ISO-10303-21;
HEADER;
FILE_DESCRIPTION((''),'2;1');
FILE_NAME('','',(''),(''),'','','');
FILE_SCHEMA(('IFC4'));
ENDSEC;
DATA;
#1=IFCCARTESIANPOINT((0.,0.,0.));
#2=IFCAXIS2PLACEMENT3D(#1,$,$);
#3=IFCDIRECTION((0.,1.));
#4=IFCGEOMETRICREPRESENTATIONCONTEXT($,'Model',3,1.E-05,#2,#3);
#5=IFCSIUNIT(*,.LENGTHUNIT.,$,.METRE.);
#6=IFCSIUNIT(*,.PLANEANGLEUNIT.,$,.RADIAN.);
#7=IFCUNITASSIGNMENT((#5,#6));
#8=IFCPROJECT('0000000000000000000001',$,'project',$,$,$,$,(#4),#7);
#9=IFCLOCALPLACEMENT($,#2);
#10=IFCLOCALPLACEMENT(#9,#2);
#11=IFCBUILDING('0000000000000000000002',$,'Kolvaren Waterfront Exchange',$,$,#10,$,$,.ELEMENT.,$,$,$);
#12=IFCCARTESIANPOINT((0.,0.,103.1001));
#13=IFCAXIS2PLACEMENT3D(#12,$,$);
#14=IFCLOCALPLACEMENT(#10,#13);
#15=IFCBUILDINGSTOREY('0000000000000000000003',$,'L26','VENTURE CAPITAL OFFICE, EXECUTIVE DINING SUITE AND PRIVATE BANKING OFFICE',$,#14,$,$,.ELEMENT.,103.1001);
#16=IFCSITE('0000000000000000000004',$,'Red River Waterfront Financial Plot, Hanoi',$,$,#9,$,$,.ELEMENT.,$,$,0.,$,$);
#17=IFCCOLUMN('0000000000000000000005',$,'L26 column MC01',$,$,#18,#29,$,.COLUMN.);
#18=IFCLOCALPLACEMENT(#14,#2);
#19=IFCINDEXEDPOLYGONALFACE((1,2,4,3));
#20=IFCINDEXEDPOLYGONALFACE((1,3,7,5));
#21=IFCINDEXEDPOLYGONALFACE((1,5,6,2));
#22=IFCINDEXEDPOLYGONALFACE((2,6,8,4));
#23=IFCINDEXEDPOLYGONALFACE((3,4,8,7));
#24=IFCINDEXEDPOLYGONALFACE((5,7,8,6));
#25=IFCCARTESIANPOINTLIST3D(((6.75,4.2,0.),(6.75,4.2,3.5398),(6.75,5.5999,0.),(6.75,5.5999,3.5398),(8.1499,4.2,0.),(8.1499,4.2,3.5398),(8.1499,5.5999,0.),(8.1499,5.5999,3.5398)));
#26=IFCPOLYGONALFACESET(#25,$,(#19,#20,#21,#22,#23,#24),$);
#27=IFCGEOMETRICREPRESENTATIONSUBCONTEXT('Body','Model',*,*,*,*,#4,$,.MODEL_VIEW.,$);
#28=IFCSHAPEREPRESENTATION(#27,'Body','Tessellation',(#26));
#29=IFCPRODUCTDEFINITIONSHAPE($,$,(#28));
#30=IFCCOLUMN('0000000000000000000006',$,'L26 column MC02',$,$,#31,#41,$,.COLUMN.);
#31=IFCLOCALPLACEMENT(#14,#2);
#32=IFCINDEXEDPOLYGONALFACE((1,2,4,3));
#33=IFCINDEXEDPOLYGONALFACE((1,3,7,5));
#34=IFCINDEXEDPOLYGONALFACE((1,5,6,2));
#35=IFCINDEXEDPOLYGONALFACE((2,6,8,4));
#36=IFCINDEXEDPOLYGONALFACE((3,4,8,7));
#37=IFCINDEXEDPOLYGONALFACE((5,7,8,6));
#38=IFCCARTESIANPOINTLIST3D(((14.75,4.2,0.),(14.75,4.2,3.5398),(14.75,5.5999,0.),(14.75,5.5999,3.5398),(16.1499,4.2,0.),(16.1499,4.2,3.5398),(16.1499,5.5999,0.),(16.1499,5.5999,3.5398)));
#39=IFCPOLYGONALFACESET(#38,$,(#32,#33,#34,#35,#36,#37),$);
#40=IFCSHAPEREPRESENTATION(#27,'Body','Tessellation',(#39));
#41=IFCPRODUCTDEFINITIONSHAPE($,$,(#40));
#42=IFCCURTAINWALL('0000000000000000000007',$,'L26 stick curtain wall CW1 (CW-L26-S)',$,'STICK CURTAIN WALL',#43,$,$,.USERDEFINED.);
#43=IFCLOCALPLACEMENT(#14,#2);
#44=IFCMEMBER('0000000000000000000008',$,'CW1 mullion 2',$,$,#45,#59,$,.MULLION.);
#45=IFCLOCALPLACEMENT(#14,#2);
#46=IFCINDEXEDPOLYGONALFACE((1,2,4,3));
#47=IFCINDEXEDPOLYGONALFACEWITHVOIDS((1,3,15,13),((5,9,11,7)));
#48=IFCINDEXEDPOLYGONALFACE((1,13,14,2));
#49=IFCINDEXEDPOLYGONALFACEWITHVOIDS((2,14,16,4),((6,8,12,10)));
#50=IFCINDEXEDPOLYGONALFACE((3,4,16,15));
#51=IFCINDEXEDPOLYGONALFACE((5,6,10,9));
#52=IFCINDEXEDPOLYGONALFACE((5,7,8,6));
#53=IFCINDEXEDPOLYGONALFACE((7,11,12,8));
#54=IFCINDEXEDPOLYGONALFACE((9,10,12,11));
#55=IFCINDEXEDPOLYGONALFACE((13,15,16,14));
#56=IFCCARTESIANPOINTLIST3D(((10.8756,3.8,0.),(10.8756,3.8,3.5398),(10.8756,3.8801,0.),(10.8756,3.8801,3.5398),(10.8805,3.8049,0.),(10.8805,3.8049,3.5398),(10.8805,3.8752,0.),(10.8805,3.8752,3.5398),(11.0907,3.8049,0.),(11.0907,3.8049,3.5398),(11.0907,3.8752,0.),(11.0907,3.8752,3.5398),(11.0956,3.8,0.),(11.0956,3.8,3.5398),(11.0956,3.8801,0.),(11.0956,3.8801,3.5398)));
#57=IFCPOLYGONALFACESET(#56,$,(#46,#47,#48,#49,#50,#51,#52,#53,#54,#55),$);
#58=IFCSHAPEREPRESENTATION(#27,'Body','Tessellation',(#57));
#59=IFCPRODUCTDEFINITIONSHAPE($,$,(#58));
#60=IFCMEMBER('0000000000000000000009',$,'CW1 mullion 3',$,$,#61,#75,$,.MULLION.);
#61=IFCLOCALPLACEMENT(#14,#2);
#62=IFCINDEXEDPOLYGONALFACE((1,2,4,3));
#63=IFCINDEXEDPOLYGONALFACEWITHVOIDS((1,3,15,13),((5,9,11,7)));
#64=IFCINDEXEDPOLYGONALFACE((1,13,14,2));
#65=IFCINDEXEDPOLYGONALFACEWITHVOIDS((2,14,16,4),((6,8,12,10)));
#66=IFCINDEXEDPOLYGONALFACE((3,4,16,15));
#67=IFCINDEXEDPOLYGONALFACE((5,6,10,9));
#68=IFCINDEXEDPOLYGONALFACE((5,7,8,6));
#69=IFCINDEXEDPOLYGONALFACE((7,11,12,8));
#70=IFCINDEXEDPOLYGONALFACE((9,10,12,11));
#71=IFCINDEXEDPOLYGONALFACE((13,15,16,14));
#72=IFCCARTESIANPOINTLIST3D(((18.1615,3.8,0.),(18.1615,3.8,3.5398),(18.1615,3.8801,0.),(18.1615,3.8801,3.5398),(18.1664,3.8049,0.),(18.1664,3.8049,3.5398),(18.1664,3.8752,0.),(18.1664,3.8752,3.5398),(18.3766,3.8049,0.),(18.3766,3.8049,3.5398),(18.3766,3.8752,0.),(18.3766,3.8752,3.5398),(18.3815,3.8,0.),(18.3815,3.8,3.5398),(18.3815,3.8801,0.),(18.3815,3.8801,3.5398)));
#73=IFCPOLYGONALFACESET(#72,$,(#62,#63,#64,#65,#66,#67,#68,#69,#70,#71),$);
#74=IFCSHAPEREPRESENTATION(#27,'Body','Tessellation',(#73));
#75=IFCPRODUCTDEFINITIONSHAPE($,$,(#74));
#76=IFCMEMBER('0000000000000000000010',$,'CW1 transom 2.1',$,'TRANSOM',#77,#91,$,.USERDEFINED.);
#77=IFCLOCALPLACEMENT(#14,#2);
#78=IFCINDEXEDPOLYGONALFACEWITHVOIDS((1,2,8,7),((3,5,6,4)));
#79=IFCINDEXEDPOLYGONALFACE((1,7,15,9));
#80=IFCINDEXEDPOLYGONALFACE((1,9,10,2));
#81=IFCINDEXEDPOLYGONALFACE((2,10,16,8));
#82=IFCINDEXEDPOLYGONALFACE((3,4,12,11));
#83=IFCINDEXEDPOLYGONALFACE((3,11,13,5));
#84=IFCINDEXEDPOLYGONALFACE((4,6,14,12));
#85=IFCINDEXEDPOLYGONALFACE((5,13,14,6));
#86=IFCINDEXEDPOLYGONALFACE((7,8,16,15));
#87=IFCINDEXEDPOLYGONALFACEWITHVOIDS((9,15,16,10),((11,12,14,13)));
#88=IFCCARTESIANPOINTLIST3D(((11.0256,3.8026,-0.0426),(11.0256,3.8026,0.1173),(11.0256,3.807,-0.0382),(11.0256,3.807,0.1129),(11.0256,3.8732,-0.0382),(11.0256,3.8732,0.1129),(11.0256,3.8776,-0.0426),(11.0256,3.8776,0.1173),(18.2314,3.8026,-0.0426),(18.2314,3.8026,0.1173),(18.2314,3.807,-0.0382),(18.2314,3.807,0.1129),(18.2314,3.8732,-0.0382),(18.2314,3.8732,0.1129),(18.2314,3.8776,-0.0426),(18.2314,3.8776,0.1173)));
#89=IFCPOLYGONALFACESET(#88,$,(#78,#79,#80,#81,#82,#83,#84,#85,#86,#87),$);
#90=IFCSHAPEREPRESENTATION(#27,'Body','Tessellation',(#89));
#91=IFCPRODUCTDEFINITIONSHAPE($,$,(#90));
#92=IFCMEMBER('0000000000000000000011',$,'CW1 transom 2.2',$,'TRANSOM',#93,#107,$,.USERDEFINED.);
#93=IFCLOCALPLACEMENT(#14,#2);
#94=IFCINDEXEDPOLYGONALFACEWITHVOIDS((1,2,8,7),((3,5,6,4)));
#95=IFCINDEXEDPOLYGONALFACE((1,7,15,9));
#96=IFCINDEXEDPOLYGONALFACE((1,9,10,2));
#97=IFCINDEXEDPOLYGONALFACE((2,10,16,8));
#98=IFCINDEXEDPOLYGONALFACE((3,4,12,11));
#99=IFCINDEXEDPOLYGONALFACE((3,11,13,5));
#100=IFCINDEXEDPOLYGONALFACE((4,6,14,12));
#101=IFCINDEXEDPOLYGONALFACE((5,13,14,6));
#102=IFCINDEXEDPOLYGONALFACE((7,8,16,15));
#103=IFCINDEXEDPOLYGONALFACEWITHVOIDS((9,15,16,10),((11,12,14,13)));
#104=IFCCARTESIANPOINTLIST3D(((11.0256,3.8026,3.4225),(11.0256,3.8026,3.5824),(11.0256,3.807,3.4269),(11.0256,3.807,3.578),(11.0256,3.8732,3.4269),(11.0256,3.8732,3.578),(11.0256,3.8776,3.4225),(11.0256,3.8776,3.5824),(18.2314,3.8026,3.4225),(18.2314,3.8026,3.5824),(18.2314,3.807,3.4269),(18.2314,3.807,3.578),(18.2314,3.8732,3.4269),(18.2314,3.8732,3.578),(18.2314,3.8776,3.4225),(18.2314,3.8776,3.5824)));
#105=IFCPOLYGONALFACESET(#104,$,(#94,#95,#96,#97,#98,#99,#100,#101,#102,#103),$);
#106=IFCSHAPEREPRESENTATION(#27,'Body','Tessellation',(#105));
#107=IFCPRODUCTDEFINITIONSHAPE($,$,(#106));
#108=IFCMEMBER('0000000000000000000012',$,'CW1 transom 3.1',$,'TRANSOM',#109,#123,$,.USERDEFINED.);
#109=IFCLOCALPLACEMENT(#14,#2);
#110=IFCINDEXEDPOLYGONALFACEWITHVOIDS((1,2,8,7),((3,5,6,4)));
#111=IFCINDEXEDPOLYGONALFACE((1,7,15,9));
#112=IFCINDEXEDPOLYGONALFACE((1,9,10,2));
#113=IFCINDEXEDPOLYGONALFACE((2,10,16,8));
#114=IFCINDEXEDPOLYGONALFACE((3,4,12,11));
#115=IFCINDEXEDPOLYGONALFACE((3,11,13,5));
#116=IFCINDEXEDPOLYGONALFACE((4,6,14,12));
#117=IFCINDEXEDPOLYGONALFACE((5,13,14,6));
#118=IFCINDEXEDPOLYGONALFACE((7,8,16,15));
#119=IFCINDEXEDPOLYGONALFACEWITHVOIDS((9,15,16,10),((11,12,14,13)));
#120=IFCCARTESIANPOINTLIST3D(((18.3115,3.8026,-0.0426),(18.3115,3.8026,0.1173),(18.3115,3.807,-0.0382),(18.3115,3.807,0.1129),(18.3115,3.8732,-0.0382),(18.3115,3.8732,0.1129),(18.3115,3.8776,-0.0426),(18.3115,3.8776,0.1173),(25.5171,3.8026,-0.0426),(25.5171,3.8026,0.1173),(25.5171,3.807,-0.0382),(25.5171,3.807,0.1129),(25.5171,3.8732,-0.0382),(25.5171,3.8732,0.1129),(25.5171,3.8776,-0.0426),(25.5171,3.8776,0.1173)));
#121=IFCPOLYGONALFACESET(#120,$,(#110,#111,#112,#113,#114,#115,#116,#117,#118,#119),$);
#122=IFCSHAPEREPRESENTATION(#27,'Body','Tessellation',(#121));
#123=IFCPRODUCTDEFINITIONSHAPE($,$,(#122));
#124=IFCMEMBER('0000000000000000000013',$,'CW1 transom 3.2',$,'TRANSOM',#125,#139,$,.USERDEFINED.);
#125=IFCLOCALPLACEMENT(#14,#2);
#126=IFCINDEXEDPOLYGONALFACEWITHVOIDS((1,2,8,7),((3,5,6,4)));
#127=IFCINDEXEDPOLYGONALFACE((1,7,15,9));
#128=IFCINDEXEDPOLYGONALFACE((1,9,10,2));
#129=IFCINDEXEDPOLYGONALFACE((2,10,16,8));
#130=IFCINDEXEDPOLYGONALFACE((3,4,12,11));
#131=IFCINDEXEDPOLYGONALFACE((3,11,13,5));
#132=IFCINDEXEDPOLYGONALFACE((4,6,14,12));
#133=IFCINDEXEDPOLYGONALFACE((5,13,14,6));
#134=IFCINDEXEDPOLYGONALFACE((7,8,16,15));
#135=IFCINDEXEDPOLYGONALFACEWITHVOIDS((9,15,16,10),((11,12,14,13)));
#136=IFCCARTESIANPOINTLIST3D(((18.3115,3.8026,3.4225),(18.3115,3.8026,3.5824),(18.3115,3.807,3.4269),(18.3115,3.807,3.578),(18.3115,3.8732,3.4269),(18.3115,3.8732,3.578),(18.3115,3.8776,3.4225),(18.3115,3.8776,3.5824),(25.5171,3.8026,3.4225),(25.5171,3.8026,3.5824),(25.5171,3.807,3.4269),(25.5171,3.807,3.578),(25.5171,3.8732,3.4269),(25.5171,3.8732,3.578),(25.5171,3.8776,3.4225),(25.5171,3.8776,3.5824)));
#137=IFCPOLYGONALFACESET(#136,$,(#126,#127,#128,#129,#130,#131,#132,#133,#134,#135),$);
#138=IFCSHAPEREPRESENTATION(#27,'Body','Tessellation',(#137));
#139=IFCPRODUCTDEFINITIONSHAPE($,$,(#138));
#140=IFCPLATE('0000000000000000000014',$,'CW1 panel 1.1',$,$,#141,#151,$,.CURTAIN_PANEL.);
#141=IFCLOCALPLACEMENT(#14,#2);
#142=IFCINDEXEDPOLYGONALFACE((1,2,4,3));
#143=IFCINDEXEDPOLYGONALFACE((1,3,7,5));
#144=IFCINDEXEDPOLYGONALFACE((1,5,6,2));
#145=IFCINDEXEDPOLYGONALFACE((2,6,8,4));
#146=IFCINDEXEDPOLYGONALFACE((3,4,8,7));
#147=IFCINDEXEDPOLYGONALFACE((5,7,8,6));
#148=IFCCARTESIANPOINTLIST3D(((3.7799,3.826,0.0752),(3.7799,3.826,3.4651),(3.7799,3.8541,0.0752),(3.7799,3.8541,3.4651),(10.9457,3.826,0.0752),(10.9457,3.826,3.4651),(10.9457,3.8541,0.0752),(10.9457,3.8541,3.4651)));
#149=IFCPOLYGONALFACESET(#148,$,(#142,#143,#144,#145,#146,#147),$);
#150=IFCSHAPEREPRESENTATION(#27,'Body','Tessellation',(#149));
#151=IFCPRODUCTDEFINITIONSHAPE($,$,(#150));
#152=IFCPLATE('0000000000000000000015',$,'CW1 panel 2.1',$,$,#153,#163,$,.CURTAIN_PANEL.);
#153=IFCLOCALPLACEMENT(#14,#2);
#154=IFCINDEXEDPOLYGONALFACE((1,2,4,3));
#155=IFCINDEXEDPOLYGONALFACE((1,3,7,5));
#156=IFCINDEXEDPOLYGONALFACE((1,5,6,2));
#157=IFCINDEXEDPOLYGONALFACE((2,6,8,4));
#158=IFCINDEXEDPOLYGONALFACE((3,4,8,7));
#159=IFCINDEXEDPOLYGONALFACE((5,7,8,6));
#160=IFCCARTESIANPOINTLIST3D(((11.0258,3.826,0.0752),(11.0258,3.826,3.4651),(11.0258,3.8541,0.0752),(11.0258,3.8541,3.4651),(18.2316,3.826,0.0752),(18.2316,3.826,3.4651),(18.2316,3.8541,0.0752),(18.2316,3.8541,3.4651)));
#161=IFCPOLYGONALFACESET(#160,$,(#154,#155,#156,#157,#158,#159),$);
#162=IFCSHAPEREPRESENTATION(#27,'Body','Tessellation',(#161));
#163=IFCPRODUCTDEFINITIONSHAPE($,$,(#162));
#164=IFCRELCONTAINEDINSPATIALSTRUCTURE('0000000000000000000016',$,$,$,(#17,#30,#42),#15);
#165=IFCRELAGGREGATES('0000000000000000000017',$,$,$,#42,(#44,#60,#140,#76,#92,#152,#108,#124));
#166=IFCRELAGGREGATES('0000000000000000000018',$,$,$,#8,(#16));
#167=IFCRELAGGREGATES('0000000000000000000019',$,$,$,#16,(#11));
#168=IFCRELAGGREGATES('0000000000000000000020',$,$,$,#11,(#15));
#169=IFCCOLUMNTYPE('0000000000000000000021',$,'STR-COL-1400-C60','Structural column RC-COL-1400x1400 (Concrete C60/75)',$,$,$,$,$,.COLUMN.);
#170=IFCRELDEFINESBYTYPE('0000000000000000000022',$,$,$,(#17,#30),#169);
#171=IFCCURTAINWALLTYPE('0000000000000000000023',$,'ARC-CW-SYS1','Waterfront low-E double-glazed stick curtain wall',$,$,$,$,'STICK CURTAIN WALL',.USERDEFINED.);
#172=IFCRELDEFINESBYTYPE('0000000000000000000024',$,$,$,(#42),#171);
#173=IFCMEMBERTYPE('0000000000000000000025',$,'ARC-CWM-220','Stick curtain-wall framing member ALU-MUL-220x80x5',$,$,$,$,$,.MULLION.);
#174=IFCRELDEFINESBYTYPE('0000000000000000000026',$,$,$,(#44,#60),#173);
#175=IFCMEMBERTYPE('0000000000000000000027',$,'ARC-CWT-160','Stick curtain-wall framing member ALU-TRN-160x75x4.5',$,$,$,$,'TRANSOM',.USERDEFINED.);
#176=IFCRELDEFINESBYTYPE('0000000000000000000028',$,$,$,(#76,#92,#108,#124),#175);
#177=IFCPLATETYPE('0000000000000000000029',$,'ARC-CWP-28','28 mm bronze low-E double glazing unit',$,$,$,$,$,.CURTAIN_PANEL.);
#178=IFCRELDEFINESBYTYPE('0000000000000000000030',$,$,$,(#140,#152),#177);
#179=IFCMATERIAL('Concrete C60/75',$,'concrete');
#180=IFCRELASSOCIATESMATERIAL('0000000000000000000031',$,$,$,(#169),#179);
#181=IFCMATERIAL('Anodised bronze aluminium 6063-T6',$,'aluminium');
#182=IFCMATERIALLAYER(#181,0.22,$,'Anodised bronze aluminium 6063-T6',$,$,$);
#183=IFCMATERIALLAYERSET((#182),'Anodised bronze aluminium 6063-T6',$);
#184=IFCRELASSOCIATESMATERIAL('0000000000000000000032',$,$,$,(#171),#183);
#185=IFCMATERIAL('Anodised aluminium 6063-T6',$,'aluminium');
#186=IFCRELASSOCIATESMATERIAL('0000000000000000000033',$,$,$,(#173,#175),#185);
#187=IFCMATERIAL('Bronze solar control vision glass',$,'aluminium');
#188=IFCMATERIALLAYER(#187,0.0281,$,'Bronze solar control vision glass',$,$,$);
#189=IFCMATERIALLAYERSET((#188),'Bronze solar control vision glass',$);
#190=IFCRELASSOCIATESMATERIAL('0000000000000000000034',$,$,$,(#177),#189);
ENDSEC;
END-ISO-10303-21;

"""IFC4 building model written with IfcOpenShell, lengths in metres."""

from ifc_helpers import new_model, si_unit, direction, frame, origin, origin_with_axes, origin_2d, place, context, subcontext, project, spatial, rectangle, hollow_rectangle, extrude, source, transform, mapped, material, layer, layer_set, material_profile, profile_set, type_object, element, aggregate, save


model = new_model("IFC4")

# Units and contexts
model_context = context("Model", 3, precision=1e-05, world=origin(), true_north=direction((0.0, 1.0)))
body_context = subcontext(model_context, "Body", "Model", "MODEL_VIEW")
ifc_project = project(units=[si_unit("LENGTHUNIT", "METRE"), si_unit("PLANEANGLEUNIT", "RADIAN")], contexts=[model_context])

# Site, building, storey
site_placement = place(None, origin())
site = spatial("IfcSite", under=ifc_project, at=site_placement, Name="Red River Waterfront Financial Plot, Hanoi", CompositionType="ELEMENT", RefElevation=0.0)
building_placement = place(site_placement, origin())
building = spatial("IfcBuilding", under=site, at=building_placement, Name="Kolvaren Waterfront Exchange", CompositionType="ELEMENT")
storey_placement = place(building_placement, frame((0.0, 0.0, 103.1001)))
storey = spatial("IfcBuildingStorey", under=building, at=storey_placement, Name="L26", Description="VENTURE CAPITAL OFFICE, EXECUTIVE DINING SUITE AND PRIVATE BANKING OFFICE", CompositionType="ELEMENT", Elevation=103.1001)

# Columns
ifc_material_1 = material(Name="Concrete C60/75", Category="concrete")
ifc_material_profile_1 = material_profile(ifc_material_1, rectangle(XDim=1.3999, YDim=1.3999, at=origin_2d()), Name="RC-COL-1400x1400")
ifc_profile_set_1 = profile_set([ifc_material_profile_1], Name="Concrete C60/75")
column_type = type_object("IfcColumnType", Name="STR-COL-1400-C60", Description="Structural column RC-COL-1400x1400 (Concrete C60/75)", PredefinedType="COLUMN", material=ifc_profile_set_1)
for number, where, z_axis, x_axis, name in (
    (1, (7.45, 4.8999, 0.0), (0.0, 0.0, 1.0), (1.0, 0.0, 0.0), "L26 column MC01"),
    (2, (15.45, 4.8999, 0.0), (0.0, 0.0, 1.0), (1.0, 0.0, 0.0), "L26 column MC02"),
):
    element("IfcColumn", number, at=place(storey_placement, frame(where, z_axis=z_axis, x_axis=x_axis)), inside=storey, type_object=column_type, Name=name, PredefinedType="COLUMN", context=body_context, shape_type="SweptSolid", body=[
        extrude(rectangle(XDim=1.3999, YDim=1.3999, at=origin_2d()), origin(), (0.0, 0.0, 1.0), 3.5398),
    ])

# Curtain wall, members, plates
ifc_material_2 = material(Name="Anodised bronze aluminium 6063-T6", Category="aluminium")
ifc_layer_1 = layer(ifc_material_2, 0.22, Name="Anodised bronze aluminium 6063-T6")
ifc_layer_set_1 = layer_set([ifc_layer_1], Name="Anodised bronze aluminium 6063-T6")
curtain_wall_type = type_object("IfcCurtainWallType", Name="ARC-CW-SYS1", Description="Waterfront low-E double-glazed stick curtain wall", ElementType="STICK CURTAIN WALL", PredefinedType="USERDEFINED", material=ifc_layer_set_1)
curtain_wall_placement = place(storey_placement, origin())
curtain_wall = element("IfcCurtainWall", 3, at=curtain_wall_placement, inside=storey, type_object=curtain_wall_type, Name="L26 stick curtain wall CW1 (CW-L26-S)", ObjectType="STICK CURTAIN WALL", PredefinedType="USERDEFINED")
ifc_material_3 = material(Name="Anodised aluminium 6063-T6", Category="aluminium")
ifc_material_profile_2 = material_profile(ifc_material_3, hollow_rectangle(XDim=0.0801, YDim=0.22, WallThickness=0.0049, at=origin_2d()), Name="ALU-MUL-220x80x5")
ifc_profile_set_2 = profile_set([ifc_material_profile_2], Name="Anodised aluminium 6063-T6")
member_type_1 = type_object("IfcMemberType", Name="ARC-CWM-220", Description="Stick curtain-wall framing member ALU-MUL-220x80x5", PredefinedType="MULLION", material=ifc_profile_set_2)
shared_shape_1 = source(origin_with_axes(), body_context, "Body", "SweptSolid", [
    extrude(hollow_rectangle(XDim=0.0801, YDim=0.22, WallThickness=0.0049, at=origin_2d()), origin(), (0.0, 0.0, 1.0), 3.5398),
])
member_1_placement = place(storey_placement, frame((10.9856, 3.8401, 0.0), z_axis=(0.0, 0.0, 1.0), x_axis=(0.0, 1.0, 0.0)))
member_1 = element("IfcMember", 4, at=member_1_placement, type_object=member_type_1, Name="CW1 mullion 2", PredefinedType="MULLION", context=body_context, shape_type="MappedRepresentation", body=[
    mapped(shared_shape_1, transform((0.0, 0.0, 0.0), x_axis=(1.0, 0.0, 0.0), y_axis=(0.0, 1.0, 0.0), z_axis=(0.0, 0.0, 1.0), scale=1.0)),
])
member_2_placement = place(storey_placement, frame((18.2715, 3.8401, 0.0), z_axis=(0.0, 0.0, 1.0), x_axis=(0.0, 1.0, 0.0)))
member_2 = element("IfcMember", 5, at=member_2_placement, type_object=member_type_1, Name="CW1 mullion 3", PredefinedType="MULLION", context=body_context, shape_type="MappedRepresentation", body=[
    mapped(shared_shape_1, transform((0.0, 0.0, 0.0), x_axis=(1.0, 0.0, 0.0), y_axis=(0.0, 1.0, 0.0), z_axis=(0.0, 0.0, 1.0), scale=1.0)),
])
ifc_material_profile_3 = material_profile(ifc_material_3, hollow_rectangle(XDim=0.075, YDim=0.1599, WallThickness=0.0044, at=origin_2d()), Name="ALU-TRN-160x75x4.5")
ifc_profile_set_3 = profile_set([ifc_material_profile_3], Name="Anodised aluminium 6063-T6")
member_type_2 = type_object("IfcMemberType", Name="ARC-CWT-160", Description="Stick curtain-wall framing member ALU-TRN-160x75x4.5", ElementType="TRANSOM", PredefinedType="USERDEFINED", material=ifc_profile_set_3)
shared_shape_2 = source(origin_with_axes(), body_context, "Body", "SweptSolid", [
    extrude(hollow_rectangle(XDim=0.075, YDim=0.1599, WallThickness=0.0044, at=origin_2d()), origin(), (0.0, 0.0, 1.0), 7.2058),
])
member_3_placement = place(storey_placement, frame((11.0256, 3.8401, 0.0374), z_axis=(1.0, 0.0, 0.0), x_axis=(0.0, 1.0, 0.0)))
member_3 = element("IfcMember", 6, at=member_3_placement, type_object=member_type_2, Name="CW1 transom 2.1", ObjectType="TRANSOM", PredefinedType="USERDEFINED", context=body_context, shape_type="MappedRepresentation", body=[
    mapped(shared_shape_2, transform((0.0, 0.0, 0.0), x_axis=(1.0, 0.0, 0.0), y_axis=(0.0, 1.0, 0.0), z_axis=(0.0, 0.0, 1.0), scale=1.0)),
])
member_4_placement = place(storey_placement, frame((11.0256, 3.8401, 3.5024), z_axis=(1.0, 0.0, 0.0), x_axis=(0.0, 1.0, 0.0)))
member_4 = element("IfcMember", 7, at=member_4_placement, type_object=member_type_2, Name="CW1 transom 2.2", ObjectType="TRANSOM", PredefinedType="USERDEFINED", context=body_context, shape_type="MappedRepresentation", body=[
    mapped(shared_shape_2, transform((0.0, 0.0, 0.0), x_axis=(1.0, 0.0, 0.0), y_axis=(0.0, 1.0, 0.0), z_axis=(0.0, 0.0, 1.0), scale=1.0)),
])
shared_shape_3 = source(origin_with_axes(), body_context, "Body", "SweptSolid", [
    extrude(hollow_rectangle(XDim=0.075, YDim=0.1599, WallThickness=0.0044, at=origin_2d()), origin(), (0.0, 0.0, 1.0), 7.2056),
])
member_5_placement = place(storey_placement, frame((18.3115, 3.8401, 0.0374), z_axis=(1.0, 0.0, 0.0), x_axis=(0.0, 1.0, 0.0)))
member_5 = element("IfcMember", 8, at=member_5_placement, type_object=member_type_2, Name="CW1 transom 3.1", ObjectType="TRANSOM", PredefinedType="USERDEFINED", context=body_context, shape_type="MappedRepresentation", body=[
    mapped(shared_shape_3, transform((0.0, 0.0, 0.0), x_axis=(1.0, 0.0, 0.0), y_axis=(0.0, 1.0, 0.0), z_axis=(0.0, 0.0, 1.0), scale=1.0)),
])
member_6_placement = place(storey_placement, frame((18.3115, 3.8401, 3.5024), z_axis=(1.0, 0.0, 0.0), x_axis=(0.0, 1.0, 0.0)))
member_6 = element("IfcMember", 9, at=member_6_placement, type_object=member_type_2, Name="CW1 transom 3.2", ObjectType="TRANSOM", PredefinedType="USERDEFINED", context=body_context, shape_type="MappedRepresentation", body=[
    mapped(shared_shape_3, transform((0.0, 0.0, 0.0), x_axis=(1.0, 0.0, 0.0), y_axis=(0.0, 1.0, 0.0), z_axis=(0.0, 0.0, 1.0), scale=1.0)),
])
ifc_material_4 = material(Name="Bronze solar control vision glass", Category="aluminium")
ifc_layer_2 = layer(ifc_material_4, 0.0281, Name="Bronze solar control vision glass")
ifc_layer_set_2 = layer_set([ifc_layer_2], Name="Bronze solar control vision glass")
plate_type = type_object("IfcPlateType", Name="ARC-CWP-28", Description="28 mm bronze low-E double glazing unit", PredefinedType="CURTAIN_PANEL", material=ifc_layer_set_2)
shared_shape_4 = source(origin_with_axes(), body_context, "Body", "SweptSolid", [
    extrude(rectangle(XDim=7.1658, YDim=0.0281, at=origin_2d()), origin(), (0.0, 0.0, 1.0), 3.3899),
])
plate_1_placement = place(storey_placement, frame((7.3628, 3.8401, 0.0752), z_axis=(0.0, 0.0, 1.0), x_axis=(1.0, 0.0, 0.0)))
plate_1 = element("IfcPlate", 10, at=plate_1_placement, type_object=plate_type, Name="CW1 panel 1.1", PredefinedType="CURTAIN_PANEL", context=body_context, shape_type="MappedRepresentation", body=[
    mapped(shared_shape_4, transform((0.0, 0.0, 0.0), x_axis=(1.0, 0.0, 0.0), y_axis=(0.0, 1.0, 0.0), z_axis=(0.0, 0.0, 1.0), scale=1.0)),
])
shared_shape_5 = source(origin_with_axes(), body_context, "Body", "SweptSolid", [
    extrude(rectangle(XDim=7.2058, YDim=0.0281, at=origin_2d()), origin(), (0.0, 0.0, 1.0), 3.3899),
])
plate_2_placement = place(storey_placement, frame((14.6287, 3.8401, 0.0752), z_axis=(0.0, 0.0, 1.0), x_axis=(1.0, 0.0, 0.0)))
plate_2 = element("IfcPlate", 11, at=plate_2_placement, type_object=plate_type, Name="CW1 panel 2.1", PredefinedType="CURTAIN_PANEL", context=body_context, shape_type="MappedRepresentation", body=[
    mapped(shared_shape_5, transform((0.0, 0.0, 0.0), x_axis=(1.0, 0.0, 0.0), y_axis=(0.0, 1.0, 0.0), z_axis=(0.0, 0.0, 1.0), scale=1.0)),
])
aggregate(curtain_wall, [member_1, member_2, plate_1, member_3, member_4, plate_2, member_5, member_6])

save(model, "model.ifc")
